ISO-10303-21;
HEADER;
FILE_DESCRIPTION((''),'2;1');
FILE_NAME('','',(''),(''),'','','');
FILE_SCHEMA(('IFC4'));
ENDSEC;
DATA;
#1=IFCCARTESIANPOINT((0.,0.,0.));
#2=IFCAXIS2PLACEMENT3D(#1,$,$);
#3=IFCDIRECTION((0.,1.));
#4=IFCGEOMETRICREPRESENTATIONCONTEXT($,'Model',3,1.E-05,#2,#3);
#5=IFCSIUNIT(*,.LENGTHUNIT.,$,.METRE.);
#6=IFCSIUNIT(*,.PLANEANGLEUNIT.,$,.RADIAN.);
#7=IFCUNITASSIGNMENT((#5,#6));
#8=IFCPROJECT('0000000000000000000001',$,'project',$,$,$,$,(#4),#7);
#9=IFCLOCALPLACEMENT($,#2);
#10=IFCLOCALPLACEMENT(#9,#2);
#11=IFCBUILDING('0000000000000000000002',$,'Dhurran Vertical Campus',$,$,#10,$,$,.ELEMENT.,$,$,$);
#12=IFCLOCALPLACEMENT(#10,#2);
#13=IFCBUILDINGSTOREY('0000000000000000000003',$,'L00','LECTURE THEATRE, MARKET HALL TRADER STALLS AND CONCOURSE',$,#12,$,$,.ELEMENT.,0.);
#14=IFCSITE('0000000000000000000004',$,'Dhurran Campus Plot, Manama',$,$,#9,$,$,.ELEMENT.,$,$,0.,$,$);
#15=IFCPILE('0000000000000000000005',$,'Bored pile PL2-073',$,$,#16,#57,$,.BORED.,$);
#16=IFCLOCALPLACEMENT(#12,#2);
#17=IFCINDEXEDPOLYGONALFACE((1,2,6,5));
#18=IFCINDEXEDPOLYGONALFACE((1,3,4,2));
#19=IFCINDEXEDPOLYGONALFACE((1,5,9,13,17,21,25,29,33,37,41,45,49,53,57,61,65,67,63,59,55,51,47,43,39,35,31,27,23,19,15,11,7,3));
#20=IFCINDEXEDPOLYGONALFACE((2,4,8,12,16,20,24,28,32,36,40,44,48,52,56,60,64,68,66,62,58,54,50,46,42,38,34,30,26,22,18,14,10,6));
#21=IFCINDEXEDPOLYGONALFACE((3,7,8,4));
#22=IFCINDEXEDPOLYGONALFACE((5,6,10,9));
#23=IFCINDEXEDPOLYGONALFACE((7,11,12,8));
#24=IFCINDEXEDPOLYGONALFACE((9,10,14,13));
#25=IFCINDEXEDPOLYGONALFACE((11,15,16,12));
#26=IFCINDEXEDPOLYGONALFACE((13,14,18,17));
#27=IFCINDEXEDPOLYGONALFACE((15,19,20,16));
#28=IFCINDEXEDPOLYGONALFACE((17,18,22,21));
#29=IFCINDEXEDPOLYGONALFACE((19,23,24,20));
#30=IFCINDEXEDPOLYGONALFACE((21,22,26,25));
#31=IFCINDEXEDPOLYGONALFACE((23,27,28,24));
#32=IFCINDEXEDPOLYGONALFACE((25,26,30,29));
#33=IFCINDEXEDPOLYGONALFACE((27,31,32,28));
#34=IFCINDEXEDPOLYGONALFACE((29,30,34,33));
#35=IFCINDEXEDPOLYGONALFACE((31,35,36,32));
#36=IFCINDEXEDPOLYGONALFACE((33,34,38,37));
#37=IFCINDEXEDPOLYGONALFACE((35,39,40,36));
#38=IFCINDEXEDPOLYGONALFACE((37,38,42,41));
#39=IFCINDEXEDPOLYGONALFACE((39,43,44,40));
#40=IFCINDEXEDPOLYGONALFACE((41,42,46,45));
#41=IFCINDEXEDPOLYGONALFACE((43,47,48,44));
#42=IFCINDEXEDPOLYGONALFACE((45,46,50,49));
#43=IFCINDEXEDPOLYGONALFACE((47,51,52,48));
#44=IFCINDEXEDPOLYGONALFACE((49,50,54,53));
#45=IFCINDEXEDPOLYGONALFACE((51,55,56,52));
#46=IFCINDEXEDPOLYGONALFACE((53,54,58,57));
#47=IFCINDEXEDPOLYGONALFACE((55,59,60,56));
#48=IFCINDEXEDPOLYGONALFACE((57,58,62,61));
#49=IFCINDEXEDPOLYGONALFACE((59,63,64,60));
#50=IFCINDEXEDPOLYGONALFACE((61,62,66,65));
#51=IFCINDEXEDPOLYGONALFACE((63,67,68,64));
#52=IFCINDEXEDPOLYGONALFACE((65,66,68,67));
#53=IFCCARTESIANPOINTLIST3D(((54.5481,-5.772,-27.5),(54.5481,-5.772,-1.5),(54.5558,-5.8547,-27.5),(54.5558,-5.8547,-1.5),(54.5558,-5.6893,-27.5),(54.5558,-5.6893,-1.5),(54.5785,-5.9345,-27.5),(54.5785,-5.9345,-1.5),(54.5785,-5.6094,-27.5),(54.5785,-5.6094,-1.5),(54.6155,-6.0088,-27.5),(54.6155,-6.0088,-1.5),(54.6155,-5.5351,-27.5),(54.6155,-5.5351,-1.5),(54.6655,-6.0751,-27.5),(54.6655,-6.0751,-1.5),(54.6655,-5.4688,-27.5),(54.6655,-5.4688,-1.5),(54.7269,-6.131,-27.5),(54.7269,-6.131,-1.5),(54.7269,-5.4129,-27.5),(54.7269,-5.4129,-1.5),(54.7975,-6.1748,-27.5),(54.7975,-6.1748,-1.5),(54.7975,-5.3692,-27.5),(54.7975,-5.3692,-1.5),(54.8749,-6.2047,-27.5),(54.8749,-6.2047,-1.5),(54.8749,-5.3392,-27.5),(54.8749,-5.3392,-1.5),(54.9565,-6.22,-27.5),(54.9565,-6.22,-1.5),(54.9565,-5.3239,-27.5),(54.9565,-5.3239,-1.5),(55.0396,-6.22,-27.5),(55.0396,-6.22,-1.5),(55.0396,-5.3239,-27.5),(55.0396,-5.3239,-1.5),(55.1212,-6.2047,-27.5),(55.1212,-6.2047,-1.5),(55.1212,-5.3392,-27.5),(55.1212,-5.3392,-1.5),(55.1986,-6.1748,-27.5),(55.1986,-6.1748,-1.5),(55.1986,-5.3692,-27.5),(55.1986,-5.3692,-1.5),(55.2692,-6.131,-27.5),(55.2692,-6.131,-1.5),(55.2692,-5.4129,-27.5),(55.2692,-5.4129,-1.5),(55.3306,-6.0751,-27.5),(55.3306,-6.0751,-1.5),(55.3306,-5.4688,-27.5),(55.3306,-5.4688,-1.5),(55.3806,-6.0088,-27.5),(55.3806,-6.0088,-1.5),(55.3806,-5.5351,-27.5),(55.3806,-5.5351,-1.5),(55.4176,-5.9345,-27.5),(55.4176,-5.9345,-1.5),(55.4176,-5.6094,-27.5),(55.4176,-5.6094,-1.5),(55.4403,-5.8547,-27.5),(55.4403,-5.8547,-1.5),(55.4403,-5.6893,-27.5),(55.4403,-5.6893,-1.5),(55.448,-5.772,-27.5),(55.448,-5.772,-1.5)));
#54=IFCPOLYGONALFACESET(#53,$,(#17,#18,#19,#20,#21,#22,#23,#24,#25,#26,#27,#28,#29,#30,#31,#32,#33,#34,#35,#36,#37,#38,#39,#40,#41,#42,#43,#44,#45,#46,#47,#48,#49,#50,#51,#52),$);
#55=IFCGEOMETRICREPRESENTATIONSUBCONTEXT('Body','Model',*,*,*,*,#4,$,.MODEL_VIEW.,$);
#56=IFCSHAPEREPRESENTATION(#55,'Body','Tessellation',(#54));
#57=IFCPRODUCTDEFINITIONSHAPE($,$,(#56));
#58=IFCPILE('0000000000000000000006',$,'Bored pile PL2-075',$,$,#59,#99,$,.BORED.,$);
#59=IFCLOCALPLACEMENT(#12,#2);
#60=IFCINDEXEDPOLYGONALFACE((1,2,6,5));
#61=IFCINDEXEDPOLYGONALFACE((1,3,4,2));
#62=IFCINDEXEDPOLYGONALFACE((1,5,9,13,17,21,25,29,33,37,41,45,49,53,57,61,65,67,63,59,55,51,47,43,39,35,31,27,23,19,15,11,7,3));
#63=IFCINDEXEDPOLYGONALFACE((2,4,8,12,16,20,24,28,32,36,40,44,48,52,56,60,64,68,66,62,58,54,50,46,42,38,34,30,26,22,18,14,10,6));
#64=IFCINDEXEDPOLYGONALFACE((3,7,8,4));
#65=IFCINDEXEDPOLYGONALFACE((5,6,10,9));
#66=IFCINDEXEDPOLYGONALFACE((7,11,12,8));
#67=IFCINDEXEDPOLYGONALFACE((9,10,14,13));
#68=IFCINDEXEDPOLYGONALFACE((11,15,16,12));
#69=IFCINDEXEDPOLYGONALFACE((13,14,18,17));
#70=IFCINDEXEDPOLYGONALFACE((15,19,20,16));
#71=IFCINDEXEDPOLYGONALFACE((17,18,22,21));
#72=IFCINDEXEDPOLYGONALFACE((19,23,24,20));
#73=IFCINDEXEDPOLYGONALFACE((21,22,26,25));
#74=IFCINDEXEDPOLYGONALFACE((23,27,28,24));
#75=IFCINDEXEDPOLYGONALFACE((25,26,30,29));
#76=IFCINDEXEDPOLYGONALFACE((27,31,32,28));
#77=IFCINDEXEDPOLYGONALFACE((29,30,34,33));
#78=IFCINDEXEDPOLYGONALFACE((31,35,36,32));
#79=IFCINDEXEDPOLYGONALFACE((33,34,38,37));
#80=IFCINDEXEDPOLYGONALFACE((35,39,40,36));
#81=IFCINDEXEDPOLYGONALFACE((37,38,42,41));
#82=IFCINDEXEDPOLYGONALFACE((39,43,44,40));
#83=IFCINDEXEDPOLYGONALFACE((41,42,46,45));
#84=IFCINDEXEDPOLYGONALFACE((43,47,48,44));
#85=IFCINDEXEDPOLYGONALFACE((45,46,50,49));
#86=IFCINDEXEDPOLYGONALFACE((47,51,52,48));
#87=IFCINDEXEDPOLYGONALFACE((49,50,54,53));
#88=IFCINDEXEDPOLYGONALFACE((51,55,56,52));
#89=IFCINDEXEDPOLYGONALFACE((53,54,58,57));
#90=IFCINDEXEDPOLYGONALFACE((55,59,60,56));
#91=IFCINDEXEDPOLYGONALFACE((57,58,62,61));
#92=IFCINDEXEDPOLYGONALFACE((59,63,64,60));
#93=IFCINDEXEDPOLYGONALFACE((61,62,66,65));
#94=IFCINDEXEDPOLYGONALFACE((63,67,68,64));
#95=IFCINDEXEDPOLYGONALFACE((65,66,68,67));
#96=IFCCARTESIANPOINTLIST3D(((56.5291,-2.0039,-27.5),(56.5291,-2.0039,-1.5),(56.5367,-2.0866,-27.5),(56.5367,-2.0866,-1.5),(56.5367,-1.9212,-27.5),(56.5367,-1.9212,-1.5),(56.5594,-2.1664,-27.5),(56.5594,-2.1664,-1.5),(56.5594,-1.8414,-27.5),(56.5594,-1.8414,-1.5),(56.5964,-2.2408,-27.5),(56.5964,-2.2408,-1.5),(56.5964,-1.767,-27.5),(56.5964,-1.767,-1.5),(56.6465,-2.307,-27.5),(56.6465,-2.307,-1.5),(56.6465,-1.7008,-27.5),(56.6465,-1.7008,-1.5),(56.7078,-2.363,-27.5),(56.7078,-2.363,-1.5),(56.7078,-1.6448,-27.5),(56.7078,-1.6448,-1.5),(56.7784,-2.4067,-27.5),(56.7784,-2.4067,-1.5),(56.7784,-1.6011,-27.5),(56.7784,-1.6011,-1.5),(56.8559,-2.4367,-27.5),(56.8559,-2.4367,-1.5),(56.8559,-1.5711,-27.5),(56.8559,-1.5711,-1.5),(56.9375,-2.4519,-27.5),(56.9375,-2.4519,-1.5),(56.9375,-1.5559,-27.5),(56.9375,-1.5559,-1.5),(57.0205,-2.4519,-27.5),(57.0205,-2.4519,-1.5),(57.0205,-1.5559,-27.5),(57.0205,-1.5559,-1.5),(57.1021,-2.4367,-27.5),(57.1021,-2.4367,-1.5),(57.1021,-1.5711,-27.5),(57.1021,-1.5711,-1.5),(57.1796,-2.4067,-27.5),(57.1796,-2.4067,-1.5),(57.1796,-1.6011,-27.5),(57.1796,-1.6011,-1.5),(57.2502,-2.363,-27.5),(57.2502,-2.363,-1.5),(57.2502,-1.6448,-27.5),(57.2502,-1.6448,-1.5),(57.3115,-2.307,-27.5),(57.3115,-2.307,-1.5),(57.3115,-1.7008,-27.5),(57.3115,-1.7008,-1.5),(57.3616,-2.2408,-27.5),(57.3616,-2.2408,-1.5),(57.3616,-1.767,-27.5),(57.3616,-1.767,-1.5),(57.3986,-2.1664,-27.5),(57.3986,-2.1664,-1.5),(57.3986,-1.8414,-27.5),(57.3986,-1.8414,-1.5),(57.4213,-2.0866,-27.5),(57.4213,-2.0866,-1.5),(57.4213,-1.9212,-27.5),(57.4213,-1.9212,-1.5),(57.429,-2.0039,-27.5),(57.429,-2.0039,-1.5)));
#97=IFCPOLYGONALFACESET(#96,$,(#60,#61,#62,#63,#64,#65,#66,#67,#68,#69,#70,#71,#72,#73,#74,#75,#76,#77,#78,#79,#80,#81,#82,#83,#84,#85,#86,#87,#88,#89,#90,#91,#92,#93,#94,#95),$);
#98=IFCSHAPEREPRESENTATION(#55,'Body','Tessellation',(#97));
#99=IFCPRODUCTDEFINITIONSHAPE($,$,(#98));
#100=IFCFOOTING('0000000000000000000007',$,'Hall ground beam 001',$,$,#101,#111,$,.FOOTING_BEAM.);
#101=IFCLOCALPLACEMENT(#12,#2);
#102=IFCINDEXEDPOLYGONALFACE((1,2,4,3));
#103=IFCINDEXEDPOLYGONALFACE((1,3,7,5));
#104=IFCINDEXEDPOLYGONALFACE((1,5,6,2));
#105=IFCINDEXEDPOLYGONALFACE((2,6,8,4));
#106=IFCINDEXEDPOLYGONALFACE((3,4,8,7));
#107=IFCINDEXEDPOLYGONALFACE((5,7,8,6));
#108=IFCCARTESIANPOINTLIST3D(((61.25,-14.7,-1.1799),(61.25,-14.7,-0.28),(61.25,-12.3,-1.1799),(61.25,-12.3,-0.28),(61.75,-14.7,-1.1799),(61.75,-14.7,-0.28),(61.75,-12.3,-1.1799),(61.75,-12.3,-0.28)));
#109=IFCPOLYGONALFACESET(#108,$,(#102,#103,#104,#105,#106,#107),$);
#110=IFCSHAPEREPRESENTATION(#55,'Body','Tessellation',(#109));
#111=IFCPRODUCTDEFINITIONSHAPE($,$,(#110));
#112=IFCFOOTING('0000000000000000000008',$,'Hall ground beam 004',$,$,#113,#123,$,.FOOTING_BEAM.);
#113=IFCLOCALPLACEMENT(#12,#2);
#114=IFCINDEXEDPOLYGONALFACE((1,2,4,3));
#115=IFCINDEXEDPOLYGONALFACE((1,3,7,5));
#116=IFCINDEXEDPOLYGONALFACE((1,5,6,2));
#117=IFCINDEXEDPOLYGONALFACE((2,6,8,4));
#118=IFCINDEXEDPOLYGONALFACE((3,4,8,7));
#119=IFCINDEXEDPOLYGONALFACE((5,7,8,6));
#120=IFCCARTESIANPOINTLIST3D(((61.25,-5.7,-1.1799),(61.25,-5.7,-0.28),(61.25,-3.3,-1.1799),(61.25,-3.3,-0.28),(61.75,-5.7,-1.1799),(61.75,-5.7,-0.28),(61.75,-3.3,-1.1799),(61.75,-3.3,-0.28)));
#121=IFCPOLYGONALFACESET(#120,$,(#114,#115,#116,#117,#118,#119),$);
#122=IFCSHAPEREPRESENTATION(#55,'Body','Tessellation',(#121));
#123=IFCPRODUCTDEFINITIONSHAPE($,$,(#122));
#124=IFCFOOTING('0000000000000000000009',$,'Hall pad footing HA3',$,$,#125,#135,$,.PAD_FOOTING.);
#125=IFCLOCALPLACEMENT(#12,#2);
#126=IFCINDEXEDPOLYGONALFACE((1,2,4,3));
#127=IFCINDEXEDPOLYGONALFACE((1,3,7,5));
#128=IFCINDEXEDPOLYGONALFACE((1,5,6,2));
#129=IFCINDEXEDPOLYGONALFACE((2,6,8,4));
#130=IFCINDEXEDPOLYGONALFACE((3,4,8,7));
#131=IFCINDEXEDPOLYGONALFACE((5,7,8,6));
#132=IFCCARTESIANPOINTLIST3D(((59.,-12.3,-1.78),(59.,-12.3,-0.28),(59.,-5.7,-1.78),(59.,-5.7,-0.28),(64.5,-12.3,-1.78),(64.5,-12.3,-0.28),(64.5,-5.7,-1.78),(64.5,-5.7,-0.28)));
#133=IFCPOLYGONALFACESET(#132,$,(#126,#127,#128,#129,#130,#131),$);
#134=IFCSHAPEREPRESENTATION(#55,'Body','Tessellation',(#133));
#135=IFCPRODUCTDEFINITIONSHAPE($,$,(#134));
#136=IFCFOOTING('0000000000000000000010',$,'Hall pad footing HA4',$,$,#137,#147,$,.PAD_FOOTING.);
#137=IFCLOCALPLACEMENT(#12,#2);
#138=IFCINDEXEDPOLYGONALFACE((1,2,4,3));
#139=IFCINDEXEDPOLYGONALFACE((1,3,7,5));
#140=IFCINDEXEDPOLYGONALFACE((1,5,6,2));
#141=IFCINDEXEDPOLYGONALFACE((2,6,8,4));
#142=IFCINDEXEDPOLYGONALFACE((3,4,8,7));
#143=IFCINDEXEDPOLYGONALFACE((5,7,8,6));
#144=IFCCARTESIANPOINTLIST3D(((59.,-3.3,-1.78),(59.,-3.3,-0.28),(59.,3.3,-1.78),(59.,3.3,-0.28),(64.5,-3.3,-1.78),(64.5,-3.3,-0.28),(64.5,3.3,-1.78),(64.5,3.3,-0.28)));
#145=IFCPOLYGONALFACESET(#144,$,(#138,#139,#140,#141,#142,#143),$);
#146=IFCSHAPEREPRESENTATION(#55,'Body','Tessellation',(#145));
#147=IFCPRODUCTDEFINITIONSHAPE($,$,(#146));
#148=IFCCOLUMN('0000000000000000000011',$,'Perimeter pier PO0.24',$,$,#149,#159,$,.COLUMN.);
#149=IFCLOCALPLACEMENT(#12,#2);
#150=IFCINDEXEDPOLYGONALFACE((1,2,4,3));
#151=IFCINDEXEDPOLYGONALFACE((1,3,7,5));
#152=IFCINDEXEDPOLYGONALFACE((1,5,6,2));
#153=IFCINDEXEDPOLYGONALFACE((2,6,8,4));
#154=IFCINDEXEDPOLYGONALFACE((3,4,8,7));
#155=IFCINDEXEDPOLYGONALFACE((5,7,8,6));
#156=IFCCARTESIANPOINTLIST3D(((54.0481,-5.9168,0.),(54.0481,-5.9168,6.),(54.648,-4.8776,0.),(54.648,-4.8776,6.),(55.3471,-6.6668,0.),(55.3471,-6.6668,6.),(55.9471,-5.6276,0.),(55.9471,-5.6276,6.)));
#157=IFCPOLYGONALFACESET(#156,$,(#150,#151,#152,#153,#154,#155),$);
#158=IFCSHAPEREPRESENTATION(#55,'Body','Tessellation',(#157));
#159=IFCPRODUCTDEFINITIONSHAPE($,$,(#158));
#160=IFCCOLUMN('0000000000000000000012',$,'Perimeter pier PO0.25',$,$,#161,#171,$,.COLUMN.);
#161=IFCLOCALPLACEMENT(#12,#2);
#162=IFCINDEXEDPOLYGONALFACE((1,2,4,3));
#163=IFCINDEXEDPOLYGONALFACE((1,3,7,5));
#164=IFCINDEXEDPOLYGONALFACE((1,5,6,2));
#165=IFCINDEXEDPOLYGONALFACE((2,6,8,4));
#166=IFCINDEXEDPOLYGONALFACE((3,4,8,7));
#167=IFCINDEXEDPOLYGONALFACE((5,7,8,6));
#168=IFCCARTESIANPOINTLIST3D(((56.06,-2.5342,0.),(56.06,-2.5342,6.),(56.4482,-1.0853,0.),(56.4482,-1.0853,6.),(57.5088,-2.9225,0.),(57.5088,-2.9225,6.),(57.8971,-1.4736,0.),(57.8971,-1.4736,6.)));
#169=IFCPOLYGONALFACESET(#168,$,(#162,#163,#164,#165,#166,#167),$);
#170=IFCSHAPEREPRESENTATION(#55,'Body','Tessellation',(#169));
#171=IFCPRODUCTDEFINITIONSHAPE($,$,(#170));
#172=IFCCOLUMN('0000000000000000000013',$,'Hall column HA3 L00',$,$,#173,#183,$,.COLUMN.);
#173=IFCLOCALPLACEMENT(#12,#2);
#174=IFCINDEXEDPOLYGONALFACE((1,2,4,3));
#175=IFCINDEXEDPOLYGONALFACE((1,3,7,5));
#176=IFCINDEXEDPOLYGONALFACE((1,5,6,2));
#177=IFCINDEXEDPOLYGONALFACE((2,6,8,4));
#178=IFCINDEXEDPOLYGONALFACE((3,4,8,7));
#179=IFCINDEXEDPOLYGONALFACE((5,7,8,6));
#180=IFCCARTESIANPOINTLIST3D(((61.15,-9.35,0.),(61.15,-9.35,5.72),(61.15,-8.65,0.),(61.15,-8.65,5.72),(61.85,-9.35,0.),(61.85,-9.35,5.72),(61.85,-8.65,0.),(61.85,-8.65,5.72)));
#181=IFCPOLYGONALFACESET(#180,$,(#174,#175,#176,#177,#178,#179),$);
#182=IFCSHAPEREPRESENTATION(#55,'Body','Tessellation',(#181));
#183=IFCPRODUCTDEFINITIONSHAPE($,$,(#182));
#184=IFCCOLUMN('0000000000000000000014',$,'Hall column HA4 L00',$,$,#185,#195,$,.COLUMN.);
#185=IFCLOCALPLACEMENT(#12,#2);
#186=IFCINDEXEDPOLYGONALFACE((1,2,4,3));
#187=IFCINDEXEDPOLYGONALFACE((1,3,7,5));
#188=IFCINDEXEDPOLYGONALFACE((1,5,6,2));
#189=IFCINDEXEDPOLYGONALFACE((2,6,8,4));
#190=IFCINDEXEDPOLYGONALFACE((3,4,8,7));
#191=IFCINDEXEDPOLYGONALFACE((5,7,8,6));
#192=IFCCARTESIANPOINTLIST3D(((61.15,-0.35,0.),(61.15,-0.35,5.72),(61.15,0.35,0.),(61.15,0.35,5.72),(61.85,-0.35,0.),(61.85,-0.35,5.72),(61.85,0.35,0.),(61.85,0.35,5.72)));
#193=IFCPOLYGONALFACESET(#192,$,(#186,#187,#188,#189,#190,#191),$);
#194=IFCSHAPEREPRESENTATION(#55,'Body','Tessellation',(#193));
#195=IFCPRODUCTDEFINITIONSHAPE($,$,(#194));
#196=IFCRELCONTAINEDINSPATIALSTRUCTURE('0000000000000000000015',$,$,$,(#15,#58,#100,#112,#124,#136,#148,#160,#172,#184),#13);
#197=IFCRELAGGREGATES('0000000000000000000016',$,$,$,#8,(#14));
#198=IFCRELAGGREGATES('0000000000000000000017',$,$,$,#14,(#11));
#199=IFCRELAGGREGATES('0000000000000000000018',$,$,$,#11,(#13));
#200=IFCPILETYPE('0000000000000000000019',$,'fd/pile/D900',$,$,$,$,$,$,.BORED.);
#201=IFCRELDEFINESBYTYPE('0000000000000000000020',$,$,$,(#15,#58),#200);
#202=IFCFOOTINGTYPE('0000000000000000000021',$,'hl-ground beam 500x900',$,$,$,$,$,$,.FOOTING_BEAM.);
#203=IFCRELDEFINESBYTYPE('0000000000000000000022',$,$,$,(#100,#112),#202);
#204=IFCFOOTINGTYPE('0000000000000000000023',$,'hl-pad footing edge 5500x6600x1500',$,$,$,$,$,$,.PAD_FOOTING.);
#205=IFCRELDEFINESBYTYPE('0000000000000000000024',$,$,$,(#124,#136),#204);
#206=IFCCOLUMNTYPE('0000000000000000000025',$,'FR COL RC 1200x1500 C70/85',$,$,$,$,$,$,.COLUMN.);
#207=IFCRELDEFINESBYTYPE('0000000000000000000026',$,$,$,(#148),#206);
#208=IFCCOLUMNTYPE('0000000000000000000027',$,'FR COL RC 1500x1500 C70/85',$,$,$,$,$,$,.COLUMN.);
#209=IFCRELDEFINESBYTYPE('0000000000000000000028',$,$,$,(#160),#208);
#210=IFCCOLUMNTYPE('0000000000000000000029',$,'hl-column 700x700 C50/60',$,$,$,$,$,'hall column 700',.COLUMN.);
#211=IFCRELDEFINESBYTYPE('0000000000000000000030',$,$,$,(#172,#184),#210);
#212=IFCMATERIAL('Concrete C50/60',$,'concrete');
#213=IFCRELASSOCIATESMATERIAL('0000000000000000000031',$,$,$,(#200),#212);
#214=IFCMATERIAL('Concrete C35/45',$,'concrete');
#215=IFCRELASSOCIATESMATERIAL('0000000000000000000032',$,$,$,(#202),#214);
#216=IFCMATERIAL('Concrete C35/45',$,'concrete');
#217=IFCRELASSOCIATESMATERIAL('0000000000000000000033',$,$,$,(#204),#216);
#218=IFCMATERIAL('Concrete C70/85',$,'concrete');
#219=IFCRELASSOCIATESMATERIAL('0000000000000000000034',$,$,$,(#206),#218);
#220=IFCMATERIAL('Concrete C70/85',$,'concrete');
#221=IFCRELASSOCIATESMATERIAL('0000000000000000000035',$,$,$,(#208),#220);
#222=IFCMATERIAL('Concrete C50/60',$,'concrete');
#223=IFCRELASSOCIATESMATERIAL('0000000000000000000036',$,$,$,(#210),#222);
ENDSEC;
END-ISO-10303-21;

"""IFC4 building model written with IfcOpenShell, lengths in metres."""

from ifc_helpers import new_model, si_unit, direction, frame, origin, origin_2d, place, context, subcontext, project, spatial, rectangle, circle, extrude, material, material_profile, profile_set, type_object, element, save


model = new_model("IFC4")

# Units and contexts
model_context = context("Model", 3, precision=1e-05, world=origin(), true_north=direction((0.0, 1.0)))
body_context = subcontext(model_context, "Body", "Model", "MODEL_VIEW")
ifc_project = project(units=[si_unit("LENGTHUNIT", "METRE"), si_unit("PLANEANGLEUNIT", "RADIAN")], contexts=[model_context])

# Site, building, storey
site_placement = place(None, origin())
site = spatial("IfcSite", under=ifc_project, at=site_placement, Name="Dhurran Campus Plot, Manama", CompositionType="ELEMENT", RefElevation=0.0)
building_placement = place(site_placement, origin())
building = spatial("IfcBuilding", under=site, at=building_placement, Name="Dhurran Vertical Campus", CompositionType="ELEMENT")
storey_placement = place(building_placement, origin())
storey = spatial("IfcBuildingStorey", under=building, at=storey_placement, Name="L00", Description="LECTURE THEATRE, MARKET HALL TRADER STALLS AND CONCOURSE", CompositionType="ELEMENT", Elevation=0.0)

# Piles
ifc_material_1 = material(Name="Concrete C50/60", Category="concrete")
ifc_material_profile_1 = material_profile(ifc_material_1, circle(Radius=0.45, at=origin_2d()), Name="fd/pile/D900")
ifc_profile_set_1 = profile_set([ifc_material_profile_1], Name="Concrete C50/60")
pile_type = type_object("IfcPileType", Name="fd/pile/D900", PredefinedType="BORED", material=ifc_profile_set_1)
for number, where, z_axis, x_axis, name in (
    (1, (54.998, -5.772, -1.5), (0.0, 0.0, -1.0), (1.0, 0.0, 0.0), "Bored pile PL2-073"),
    (2, (56.979, -2.0039, -1.5), (0.0, 0.0, -1.0), (1.0, 0.0, 0.0), "Bored pile PL2-075"),
):
    element("IfcPile", number, at=place(storey_placement, frame(where, z_axis=z_axis, x_axis=x_axis)), inside=storey, type_object=pile_type, Name=name, PredefinedType="BORED", context=body_context, shape_type="SweptSolid", body=[
        extrude(circle(Radius=0.45, at=origin_2d()), origin(), (0.0, 0.0, 1.0), 26.0),
    ])

# Footings
ifc_material_2 = material(Name="Concrete C35/45", Category="concrete")
ifc_material_profile_2 = material_profile(ifc_material_2, rectangle(XDim=0.5, YDim=0.8999, at=origin_2d()), Name="hl-ground beam 500x900")
ifc_profile_set_2 = profile_set([ifc_material_profile_2], Name="Concrete C35/45")
footing_type_1 = type_object("IfcFootingType", Name="hl-ground beam 500x900", PredefinedType="FOOTING_BEAM", material=ifc_profile_set_2)
for number, where, z_axis, x_axis, name in (
    (3, (61.5, -14.7, -0.73), (0.0, 1.0, 0.0), (-1.0, 0.0, 0.0), "Hall ground beam 001"),
    (4, (61.5, -5.7, -0.73), (0.0, 1.0, 0.0), (-1.0, 0.0, 0.0), "Hall ground beam 004"),
):
    element("IfcFooting", number, at=place(storey_placement, frame(where, z_axis=z_axis, x_axis=x_axis)), inside=storey, type_object=footing_type_1, Name=name, PredefinedType="FOOTING_BEAM", context=body_context, shape_type="SweptSolid", body=[
        extrude(rectangle(XDim=0.5, YDim=0.8999, at=origin_2d()), origin(), (0.0, 0.0, 1.0), 2.3999),
    ])
ifc_material_3 = material(Name="Concrete C35/45", Category="concrete")
footing_type_2 = type_object("IfcFootingType", Name="hl-pad footing edge 5500x6600x1500", PredefinedType="PAD_FOOTING", material=ifc_material_3)
for number, where, z_axis, x_axis, name in (
    (5, (61.75, -9.0, -1.78), (0.0, 0.0, 1.0), (1.0, 0.0, 0.0), "Hall pad footing HA3"),
    (6, (61.75, 0.0, -1.78), (0.0, 0.0, 1.0), (1.0, 0.0, 0.0), "Hall pad footing HA4"),
):
    element("IfcFooting", number, at=place(storey_placement, frame(where, z_axis=z_axis, x_axis=x_axis)), inside=storey, type_object=footing_type_2, Name=name, PredefinedType="PAD_FOOTING", context=body_context, shape_type="SweptSolid", body=[
        extrude(rectangle(XDim=5.5, YDim=6.6001, at=origin_2d()), origin(), (0.0, 0.0, 1.0), 1.5),
    ])

# Columns
ifc_material_4 = material(Name="Concrete C70/85", Category="concrete")
ifc_material_profile_3 = material_profile(ifc_material_4, rectangle(XDim=1.2, YDim=1.5, at=origin_2d()), Name="RC 1200x1500")
ifc_profile_set_3 = profile_set([ifc_material_profile_3], Name="Concrete C70/85")
column_type_1 = type_object("IfcColumnType", Name="FR COL RC 1200x1500 C70/85", PredefinedType="COLUMN", material=ifc_profile_set_3)
column_1_placement = place(storey_placement, frame((54.9976, -5.7722, 0.0), z_axis=(0.0, 0.0, 1.0), x_axis=(0.5, 0.866025, 0.0)))
element("IfcColumn", 7, at=column_1_placement, inside=storey, type_object=column_type_1, Name="Perimeter pier PO0.24", PredefinedType="COLUMN", context=body_context, shape_type="SweptSolid", body=[
    extrude(rectangle(XDim=1.2, YDim=1.5, at=origin_2d()), origin(), (0.0, 0.0, 1.0), 6.0),
])
ifc_material_5 = material(Name="Concrete C70/85", Category="concrete")
ifc_material_profile_4 = material_profile(ifc_material_5, rectangle(XDim=1.5, YDim=1.5, at=origin_2d()), Name="RC 1500x1500")
ifc_profile_set_4 = profile_set([ifc_material_profile_4], Name="Concrete C70/85")
column_type_2 = type_object("IfcColumnType", Name="FR COL RC 1500x1500 C70/85", PredefinedType="COLUMN", material=ifc_profile_set_4)
column_2_placement = place(storey_placement, frame((56.9785, -2.0039, 0.0), z_axis=(0.0, 0.0, 1.0), x_axis=(0.258819, 0.965926, 0.0)))
element("IfcColumn", 8, at=column_2_placement, inside=storey, type_object=column_type_2, Name="Perimeter pier PO0.25", PredefinedType="COLUMN", context=body_context, shape_type="SweptSolid", body=[
    extrude(rectangle(XDim=1.5, YDim=1.5, at=origin_2d()), origin(), (0.0, 0.0, 1.0), 6.0),
])
ifc_material_6 = material(Name="Concrete C50/60", Category="concrete")
ifc_material_profile_5 = material_profile(ifc_material_6, rectangle(XDim=0.7, YDim=0.7, at=origin_2d()), Name="hl-column 700x700 C50/60")
ifc_profile_set_5 = profile_set([ifc_material_profile_5], Name="Concrete C50/60")
column_type_3 = type_object("IfcColumnType", Name="hl-column 700x700 C50/60", ElementType="hall column 700", PredefinedType="COLUMN", material=ifc_profile_set_5)
for number, where, z_axis, x_axis, name in (
    (9, (61.5, -9.0, 0.0), (0.0, 0.0, 1.0), (1.0, 0.0, 0.0), "Hall column HA3 L00"),
    (10, (61.5, 0.0, 0.0), (0.0, 0.0, 1.0), (1.0, 0.0, 0.0), "Hall column HA4 L00"),
):
    element("IfcColumn", number, at=place(storey_placement, frame(where, z_axis=z_axis, x_axis=x_axis)), inside=storey, type_object=column_type_3, Name=name, PredefinedType="COLUMN", context=body_context, shape_type="SweptSolid", body=[
        extrude(rectangle(XDim=0.7, YDim=0.7, at=origin_2d()), origin(), (0.0, 0.0, 1.0), 5.72),
    ])

save(model, "model.ifc")
